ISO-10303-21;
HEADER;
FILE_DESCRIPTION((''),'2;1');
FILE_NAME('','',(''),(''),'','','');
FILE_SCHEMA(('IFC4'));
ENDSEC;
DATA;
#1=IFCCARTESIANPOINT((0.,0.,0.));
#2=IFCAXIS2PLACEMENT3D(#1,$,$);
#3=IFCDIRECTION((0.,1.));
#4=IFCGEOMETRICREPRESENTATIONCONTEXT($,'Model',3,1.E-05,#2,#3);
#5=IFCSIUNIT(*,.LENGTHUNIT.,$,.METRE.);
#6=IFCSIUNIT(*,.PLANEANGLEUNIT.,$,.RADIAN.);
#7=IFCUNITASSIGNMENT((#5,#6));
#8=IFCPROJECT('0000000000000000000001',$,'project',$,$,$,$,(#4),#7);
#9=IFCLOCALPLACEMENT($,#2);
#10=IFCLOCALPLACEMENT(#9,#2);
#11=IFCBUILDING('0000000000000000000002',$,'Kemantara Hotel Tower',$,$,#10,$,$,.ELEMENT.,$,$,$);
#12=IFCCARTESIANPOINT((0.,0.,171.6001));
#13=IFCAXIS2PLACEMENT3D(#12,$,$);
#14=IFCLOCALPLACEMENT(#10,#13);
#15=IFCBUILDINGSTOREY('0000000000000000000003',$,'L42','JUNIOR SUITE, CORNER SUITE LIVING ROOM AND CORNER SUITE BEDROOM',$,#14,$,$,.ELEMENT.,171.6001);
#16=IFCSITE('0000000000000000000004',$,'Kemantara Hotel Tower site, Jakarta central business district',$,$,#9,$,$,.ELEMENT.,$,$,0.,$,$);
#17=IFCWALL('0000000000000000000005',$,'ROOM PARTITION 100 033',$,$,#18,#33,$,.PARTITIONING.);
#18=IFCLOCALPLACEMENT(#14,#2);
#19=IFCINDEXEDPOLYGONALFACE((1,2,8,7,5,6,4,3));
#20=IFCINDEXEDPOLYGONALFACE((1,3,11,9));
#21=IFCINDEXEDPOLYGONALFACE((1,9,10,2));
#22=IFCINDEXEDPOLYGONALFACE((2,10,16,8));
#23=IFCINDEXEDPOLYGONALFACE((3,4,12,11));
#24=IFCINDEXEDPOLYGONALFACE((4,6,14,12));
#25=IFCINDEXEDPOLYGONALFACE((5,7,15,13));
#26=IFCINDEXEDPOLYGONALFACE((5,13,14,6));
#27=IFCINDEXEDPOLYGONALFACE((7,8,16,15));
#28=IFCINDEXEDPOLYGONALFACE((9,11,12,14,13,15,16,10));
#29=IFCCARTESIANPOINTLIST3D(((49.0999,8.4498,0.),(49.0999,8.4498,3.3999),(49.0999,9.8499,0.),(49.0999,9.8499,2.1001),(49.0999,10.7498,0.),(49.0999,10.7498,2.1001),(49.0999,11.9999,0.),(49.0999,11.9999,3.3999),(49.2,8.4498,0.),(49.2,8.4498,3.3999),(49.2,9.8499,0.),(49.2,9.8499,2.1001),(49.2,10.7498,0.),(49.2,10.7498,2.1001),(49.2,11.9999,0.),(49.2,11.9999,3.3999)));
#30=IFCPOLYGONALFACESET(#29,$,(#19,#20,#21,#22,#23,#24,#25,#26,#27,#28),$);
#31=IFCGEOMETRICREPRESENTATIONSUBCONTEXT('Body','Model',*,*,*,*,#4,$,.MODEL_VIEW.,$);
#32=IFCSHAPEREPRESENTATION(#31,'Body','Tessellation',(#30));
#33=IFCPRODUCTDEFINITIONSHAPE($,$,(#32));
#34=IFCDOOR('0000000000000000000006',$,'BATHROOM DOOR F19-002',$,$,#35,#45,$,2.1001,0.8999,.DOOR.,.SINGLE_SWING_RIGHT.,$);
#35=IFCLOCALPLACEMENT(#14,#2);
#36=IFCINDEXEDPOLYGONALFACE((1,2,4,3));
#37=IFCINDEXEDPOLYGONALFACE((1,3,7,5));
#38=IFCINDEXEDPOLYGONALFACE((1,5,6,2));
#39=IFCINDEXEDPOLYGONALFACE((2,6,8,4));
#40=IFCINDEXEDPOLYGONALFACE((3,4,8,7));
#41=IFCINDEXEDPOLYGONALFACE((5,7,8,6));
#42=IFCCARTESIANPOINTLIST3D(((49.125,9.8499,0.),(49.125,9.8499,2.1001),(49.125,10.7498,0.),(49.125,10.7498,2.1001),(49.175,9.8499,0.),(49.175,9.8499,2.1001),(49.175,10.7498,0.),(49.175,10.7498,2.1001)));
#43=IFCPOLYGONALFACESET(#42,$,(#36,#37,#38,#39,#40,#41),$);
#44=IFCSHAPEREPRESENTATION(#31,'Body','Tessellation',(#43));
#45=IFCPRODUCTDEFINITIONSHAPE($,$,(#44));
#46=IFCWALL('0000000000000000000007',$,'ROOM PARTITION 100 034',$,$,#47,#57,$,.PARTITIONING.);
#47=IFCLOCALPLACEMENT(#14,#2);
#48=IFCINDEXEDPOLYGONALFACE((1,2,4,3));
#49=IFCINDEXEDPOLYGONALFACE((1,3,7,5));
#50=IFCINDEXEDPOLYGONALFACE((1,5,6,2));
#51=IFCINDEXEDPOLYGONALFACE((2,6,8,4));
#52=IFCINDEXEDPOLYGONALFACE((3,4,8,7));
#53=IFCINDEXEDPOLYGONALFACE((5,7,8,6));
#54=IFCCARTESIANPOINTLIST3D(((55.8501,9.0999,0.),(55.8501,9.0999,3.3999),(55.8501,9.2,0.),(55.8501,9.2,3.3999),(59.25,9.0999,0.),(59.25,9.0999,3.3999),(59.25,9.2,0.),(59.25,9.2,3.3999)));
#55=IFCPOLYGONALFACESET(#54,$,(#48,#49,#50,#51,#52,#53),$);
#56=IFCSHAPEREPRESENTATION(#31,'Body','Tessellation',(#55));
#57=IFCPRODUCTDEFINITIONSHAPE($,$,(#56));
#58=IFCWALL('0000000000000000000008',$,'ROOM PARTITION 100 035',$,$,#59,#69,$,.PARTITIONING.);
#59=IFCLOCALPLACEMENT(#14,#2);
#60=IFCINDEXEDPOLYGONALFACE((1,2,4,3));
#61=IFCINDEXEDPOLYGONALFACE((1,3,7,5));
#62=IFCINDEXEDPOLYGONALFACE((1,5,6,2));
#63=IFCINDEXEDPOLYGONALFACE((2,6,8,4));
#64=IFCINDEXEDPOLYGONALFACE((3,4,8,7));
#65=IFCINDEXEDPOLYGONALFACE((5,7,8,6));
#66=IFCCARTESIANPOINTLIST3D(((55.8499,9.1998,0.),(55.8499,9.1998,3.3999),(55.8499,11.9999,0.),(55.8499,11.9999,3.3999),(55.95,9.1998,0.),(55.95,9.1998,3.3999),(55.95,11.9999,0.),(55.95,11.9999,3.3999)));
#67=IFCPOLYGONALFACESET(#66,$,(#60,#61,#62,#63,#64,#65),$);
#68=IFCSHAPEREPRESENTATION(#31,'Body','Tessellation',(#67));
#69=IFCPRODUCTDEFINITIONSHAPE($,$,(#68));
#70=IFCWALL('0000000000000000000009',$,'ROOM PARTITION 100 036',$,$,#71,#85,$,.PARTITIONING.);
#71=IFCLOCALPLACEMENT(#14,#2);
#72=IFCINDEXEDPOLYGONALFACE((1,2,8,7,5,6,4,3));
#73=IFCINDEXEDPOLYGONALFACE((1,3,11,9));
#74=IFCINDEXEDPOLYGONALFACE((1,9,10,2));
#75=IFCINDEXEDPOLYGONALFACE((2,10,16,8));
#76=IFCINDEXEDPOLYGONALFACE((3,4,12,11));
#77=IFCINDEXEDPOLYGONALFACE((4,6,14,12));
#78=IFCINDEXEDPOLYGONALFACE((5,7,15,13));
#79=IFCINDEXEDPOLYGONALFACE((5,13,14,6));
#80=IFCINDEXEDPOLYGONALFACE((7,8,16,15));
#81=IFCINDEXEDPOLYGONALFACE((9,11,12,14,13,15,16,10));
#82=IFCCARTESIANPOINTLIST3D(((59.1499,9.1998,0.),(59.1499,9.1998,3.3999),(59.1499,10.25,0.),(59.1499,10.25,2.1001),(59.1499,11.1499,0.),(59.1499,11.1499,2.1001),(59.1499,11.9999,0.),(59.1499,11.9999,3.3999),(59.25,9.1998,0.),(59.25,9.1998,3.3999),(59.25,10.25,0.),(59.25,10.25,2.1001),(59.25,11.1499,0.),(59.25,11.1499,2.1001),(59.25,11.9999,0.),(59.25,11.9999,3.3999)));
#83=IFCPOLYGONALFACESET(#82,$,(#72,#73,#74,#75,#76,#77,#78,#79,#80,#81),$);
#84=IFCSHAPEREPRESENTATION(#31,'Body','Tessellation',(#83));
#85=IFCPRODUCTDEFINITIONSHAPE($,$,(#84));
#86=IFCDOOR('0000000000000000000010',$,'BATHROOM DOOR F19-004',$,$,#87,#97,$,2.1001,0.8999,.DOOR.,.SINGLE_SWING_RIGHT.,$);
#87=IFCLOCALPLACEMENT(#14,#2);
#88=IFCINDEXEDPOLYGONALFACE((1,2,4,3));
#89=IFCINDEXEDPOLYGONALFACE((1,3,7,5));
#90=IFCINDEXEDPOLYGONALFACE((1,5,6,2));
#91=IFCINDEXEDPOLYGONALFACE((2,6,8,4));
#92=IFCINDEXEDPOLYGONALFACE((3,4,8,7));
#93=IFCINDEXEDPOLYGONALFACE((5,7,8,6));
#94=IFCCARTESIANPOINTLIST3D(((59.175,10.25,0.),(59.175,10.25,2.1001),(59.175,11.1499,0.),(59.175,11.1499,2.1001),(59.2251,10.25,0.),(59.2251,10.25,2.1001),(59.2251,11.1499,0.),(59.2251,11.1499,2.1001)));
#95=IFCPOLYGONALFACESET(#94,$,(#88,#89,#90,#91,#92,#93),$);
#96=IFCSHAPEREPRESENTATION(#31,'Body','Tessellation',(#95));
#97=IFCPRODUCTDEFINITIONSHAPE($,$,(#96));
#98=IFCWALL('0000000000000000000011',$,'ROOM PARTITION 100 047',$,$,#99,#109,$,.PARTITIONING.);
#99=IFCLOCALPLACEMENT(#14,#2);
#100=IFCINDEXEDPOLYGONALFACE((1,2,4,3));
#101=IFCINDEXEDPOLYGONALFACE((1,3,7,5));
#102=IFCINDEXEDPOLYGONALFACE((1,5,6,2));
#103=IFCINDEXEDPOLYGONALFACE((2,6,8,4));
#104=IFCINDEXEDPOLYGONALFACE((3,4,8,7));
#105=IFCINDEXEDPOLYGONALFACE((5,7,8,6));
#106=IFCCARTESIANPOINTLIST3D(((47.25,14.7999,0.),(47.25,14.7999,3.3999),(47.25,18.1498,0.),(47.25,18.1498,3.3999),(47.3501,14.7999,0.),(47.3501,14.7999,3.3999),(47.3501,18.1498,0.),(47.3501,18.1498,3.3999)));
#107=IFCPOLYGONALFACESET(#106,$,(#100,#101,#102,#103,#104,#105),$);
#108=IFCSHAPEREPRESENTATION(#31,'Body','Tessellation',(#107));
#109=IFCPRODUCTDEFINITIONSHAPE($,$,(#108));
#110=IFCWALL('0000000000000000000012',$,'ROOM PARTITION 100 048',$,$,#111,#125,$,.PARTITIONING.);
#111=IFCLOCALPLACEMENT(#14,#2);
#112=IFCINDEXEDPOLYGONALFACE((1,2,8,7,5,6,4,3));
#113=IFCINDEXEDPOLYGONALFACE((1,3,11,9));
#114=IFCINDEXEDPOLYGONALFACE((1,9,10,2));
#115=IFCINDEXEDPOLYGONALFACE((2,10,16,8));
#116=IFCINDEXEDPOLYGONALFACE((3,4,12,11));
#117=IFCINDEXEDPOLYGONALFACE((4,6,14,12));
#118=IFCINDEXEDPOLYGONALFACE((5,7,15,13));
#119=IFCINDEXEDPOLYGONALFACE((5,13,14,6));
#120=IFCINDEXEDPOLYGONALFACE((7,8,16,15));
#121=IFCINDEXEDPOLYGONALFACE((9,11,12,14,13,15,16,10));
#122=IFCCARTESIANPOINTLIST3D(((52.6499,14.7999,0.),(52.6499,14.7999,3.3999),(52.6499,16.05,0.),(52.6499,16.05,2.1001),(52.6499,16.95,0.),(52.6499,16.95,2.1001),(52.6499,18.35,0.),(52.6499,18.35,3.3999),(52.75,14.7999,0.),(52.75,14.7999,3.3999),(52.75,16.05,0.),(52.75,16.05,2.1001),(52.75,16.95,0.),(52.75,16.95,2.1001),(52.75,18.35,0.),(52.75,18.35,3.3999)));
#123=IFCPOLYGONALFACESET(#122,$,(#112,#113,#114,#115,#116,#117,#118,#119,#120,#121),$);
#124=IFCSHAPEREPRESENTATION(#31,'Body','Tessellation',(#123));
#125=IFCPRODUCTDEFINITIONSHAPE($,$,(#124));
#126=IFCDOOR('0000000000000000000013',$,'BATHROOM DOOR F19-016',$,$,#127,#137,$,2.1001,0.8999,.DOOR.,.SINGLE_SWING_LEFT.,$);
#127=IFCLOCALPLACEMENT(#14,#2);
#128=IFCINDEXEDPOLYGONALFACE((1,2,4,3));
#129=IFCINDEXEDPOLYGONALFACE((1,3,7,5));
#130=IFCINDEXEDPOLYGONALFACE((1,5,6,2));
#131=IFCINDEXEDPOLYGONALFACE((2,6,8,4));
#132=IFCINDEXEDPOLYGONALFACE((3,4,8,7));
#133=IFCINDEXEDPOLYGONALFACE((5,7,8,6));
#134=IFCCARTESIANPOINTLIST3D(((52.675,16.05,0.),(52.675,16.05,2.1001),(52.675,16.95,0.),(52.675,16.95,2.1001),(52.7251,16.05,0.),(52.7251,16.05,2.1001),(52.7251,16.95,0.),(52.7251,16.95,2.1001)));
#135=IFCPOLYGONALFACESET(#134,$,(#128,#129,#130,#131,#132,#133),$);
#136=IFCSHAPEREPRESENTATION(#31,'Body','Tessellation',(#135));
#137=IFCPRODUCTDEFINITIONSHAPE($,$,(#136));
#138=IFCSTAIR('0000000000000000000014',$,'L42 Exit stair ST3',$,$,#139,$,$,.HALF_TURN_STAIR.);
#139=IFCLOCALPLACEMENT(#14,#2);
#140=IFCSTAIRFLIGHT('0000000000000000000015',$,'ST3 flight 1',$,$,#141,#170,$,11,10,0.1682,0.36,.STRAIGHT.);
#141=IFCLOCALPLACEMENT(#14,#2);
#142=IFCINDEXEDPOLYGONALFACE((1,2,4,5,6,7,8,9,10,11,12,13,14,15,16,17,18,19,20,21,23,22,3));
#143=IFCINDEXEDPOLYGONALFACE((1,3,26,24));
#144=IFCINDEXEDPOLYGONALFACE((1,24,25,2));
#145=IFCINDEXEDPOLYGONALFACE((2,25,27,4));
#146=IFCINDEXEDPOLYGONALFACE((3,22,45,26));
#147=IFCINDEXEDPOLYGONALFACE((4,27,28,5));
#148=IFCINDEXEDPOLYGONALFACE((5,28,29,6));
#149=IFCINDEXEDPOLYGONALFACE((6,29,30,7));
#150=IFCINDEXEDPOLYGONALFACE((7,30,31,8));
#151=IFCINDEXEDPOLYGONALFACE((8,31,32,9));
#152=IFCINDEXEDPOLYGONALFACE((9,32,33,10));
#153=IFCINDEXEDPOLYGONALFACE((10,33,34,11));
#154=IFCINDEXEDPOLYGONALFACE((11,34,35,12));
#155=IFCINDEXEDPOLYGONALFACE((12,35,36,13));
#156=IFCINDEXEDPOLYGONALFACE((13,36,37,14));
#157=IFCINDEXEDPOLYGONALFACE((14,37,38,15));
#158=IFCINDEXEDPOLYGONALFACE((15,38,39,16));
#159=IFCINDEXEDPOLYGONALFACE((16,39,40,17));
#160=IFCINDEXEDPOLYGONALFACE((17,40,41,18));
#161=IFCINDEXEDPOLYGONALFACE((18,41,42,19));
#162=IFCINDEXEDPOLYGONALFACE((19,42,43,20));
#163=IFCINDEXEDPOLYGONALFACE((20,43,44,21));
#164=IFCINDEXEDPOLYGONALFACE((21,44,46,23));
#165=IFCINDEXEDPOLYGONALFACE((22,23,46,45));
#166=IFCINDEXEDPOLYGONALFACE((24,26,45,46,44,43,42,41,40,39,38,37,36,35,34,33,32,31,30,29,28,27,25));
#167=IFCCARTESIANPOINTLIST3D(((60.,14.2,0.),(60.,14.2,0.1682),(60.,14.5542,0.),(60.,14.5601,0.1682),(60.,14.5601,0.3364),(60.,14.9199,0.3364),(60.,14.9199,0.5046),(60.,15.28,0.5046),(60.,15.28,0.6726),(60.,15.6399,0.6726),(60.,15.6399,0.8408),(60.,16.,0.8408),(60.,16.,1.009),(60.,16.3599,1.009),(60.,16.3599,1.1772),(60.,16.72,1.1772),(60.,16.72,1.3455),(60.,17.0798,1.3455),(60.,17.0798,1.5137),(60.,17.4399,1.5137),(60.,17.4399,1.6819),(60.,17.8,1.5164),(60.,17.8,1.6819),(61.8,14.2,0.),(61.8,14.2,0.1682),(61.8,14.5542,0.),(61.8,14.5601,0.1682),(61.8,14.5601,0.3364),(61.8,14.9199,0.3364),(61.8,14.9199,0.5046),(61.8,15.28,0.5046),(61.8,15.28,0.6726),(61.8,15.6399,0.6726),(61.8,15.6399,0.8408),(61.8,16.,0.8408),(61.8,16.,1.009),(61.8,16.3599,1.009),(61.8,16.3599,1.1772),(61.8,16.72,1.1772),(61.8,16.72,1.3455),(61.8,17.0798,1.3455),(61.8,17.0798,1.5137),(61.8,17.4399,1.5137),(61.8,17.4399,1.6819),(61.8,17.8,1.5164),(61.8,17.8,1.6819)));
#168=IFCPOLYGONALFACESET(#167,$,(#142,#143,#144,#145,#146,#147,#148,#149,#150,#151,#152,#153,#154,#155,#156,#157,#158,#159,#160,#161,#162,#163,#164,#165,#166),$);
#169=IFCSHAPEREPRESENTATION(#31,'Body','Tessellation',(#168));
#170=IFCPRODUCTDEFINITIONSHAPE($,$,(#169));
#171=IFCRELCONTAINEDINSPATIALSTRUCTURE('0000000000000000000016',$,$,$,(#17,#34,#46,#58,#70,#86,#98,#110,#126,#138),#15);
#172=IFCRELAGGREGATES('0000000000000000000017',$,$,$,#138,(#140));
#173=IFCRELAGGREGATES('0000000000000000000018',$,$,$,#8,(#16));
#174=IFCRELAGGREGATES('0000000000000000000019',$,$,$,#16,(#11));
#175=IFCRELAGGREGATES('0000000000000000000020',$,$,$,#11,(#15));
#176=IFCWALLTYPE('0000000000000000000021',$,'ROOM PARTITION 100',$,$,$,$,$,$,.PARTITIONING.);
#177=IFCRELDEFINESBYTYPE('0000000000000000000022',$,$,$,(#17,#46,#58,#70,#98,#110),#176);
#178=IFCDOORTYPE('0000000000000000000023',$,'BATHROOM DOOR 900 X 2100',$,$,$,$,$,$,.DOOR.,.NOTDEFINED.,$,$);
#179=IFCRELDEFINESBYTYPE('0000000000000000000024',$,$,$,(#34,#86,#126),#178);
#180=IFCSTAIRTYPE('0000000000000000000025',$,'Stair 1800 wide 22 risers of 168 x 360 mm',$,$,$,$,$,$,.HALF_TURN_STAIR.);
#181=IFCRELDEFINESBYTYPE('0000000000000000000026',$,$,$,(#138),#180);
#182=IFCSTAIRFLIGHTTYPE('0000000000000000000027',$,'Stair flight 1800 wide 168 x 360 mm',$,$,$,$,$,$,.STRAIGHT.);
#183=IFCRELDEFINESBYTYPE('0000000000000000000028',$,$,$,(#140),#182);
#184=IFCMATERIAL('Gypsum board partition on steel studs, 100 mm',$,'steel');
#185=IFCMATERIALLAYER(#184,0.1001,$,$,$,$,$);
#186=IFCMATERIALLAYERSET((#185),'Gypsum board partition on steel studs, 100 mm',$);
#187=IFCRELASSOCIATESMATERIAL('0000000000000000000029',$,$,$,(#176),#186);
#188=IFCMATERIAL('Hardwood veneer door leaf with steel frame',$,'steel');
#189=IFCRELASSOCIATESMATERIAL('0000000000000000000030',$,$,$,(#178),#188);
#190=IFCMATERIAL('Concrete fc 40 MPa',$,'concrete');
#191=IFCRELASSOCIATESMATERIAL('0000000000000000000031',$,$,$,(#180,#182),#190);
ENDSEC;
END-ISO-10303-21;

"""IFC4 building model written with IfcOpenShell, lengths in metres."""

from ifc_helpers import new_model, si_unit, direction, frame, frame_2d, origin, place, context, subcontext, project, spatial, polyline, rectangle, outline, extrude, material, layer, layer_set, type_object, element, fill, aggregate, save


model = new_model("IFC4")

# Units and contexts
model_context = context("Model", 3, precision=1e-05, world=origin(), true_north=direction((0.0, 1.0)))
body_context = subcontext(model_context, "Body", "Model", "MODEL_VIEW")
ifc_project = project(units=[si_unit("LENGTHUNIT", "METRE"), si_unit("PLANEANGLEUNIT", "RADIAN")], contexts=[model_context])

# Site, building, storey
site_placement = place(None, origin())
site = spatial("IfcSite", under=ifc_project, at=site_placement, Name="Kemantara Hotel Tower site, Jakarta central business district", CompositionType="ELEMENT", RefElevation=0.0)
building_placement = place(site_placement, origin())
building = spatial("IfcBuilding", under=site, at=building_placement, Name="Kemantara Hotel Tower", CompositionType="ELEMENT")
storey_placement = place(building_placement, frame((0.0, 0.0, 171.6001)))
storey = spatial("IfcBuildingStorey", under=building, at=storey_placement, Name="L42", Description="JUNIOR SUITE, CORNER SUITE LIVING ROOM AND CORNER SUITE BEDROOM", CompositionType="ELEMENT", Elevation=171.6001)

# Shared definitions
ifc_material_1 = material(Name="Hardwood veneer door leaf with steel frame", Category="steel")
ifc_material_2 = material(Name="Concrete fc 40 MPa", Category="concrete")

# Shared definitions
ifc_material_3 = material(Name="Gypsum board partition on steel studs, 100 mm", Category="steel")
ifc_layer_1 = layer(ifc_material_3, 0.1001)
ifc_layer_set_1 = layer_set([ifc_layer_1], Name="Gypsum board partition on steel studs, 100 mm")
wall_type_1 = type_object("IfcWallType", Name="ROOM PARTITION 100", PredefinedType="PARTITIONING", material=ifc_layer_set_1)

# Wall, opening, door
wall_1_placement = place(storey_placement, frame((49.1499, 8.45, 0.0), z_axis=(0.0, 0.0, 1.0), x_axis=(0.0, 1.0, 0.0)))
wall_1 = element("IfcWall", 1, at=wall_1_placement, inside=storey, type_object=wall_type_1, Name="ROOM PARTITION 100 033", PredefinedType="PARTITIONING", context=body_context, shape_type="SweptSolid", body=[
    extrude(rectangle(XDim=3.55, YDim=0.1001, at=frame_2d((1.7749, 0.0))), origin(), (0.0, 0.0, 1.0), 3.3999),
])
opening_1_placement = place(wall_1_placement, frame((1.3999, 0.0, 0.0)))
opening_1 = element("IfcOpeningElement", 2, at=opening_1_placement, cuts=wall_1, PredefinedType="OPENING", context=body_context, shape_type="SweptSolid", body=[
    extrude(rectangle(XDim=0.8999, YDim=2.1001, at=frame_2d((0.45, 1.05))), frame((0.0, 0.0601, 0.0), z_axis=(0.0, -1.0, 0.0), x_axis=(1.0, 0.0, 0.0)), (0.0, 0.0, 1.0), 0.1201),
])
door_type_1 = type_object("IfcDoorType", Name="BATHROOM DOOR 900 X 2100", OperationType="NOTDEFINED", PredefinedType="DOOR", material=ifc_material_1)
door_1_placement = place(opening_1_placement, origin())
door_1 = element("IfcDoor", 3, at=door_1_placement, inside=storey, type_object=door_type_1, Name="BATHROOM DOOR F19-002", OperationType="SINGLE_SWING_RIGHT", OverallHeight=2.1001, OverallWidth=0.8999, PredefinedType="DOOR", context=body_context, shape_type="SweptSolid", body=[
    extrude(rectangle(XDim=0.8999, YDim=2.1001, at=frame_2d((0.45, 1.05))), frame((0.0, 0.0249, 0.0), z_axis=(0.0, -1.0, 0.0), x_axis=(1.0, 0.0, 0.0)), (0.0, 0.0, 1.0), 0.05),
])
fill(opening_1, door_1)

# Walls
wall_2_placement = place(storey_placement, frame((55.8501, 9.1499, 0.0), z_axis=(0.0, 0.0, 1.0), x_axis=(1.0, 0.0, 0.0)))
element("IfcWall", 4, at=wall_2_placement, inside=storey, type_object=wall_type_1, Name="ROOM PARTITION 100 034", PredefinedType="PARTITIONING", context=body_context, shape_type="SweptSolid", body=[
    extrude(rectangle(XDim=3.3999, YDim=0.1001, at=frame_2d((1.7, 0.0))), origin(), (0.0, 0.0, 1.0), 3.3999),
])
wall_3_placement = place(storey_placement, frame((55.8999, 9.2, 0.0), z_axis=(0.0, 0.0, 1.0), x_axis=(0.0, 1.0, 0.0)))
element("IfcWall", 5, at=wall_3_placement, inside=storey, type_object=wall_type_1, Name="ROOM PARTITION 100 035", PredefinedType="PARTITIONING", context=body_context, shape_type="SweptSolid", body=[
    extrude(rectangle(XDim=2.8, YDim=0.1001, at=frame_2d((1.3999, 0.0))), origin(), (0.0, 0.0, 1.0), 3.3999),
])

# Wall, opening, door
wall_4_placement = place(storey_placement, frame((59.2, 9.2, 0.0), z_axis=(0.0, 0.0, 1.0), x_axis=(0.0, 1.0, 0.0)))
wall_4 = element("IfcWall", 6, at=wall_4_placement, inside=storey, type_object=wall_type_1, Name="ROOM PARTITION 100 036", PredefinedType="PARTITIONING", context=body_context, shape_type="SweptSolid", body=[
    extrude(rectangle(XDim=2.8, YDim=0.1001, at=frame_2d((1.3999, 0.0))), origin(), (0.0, 0.0, 1.0), 3.3999),
])
opening_2_placement = place(wall_4_placement, frame((1.05, 0.0, 0.0)))
opening_2 = element("IfcOpeningElement", 7, at=opening_2_placement, cuts=wall_4, PredefinedType="OPENING", context=body_context, shape_type="SweptSolid", body=[
    extrude(rectangle(XDim=0.8999, YDim=2.1001, at=frame_2d((0.45, 1.05))), frame((0.0, 0.0601, 0.0), z_axis=(0.0, -1.0, 0.0), x_axis=(1.0, 0.0, 0.0)), (0.0, 0.0, 1.0), 0.1201),
])
door_2_placement = place(opening_2_placement, origin())
door_2 = element("IfcDoor", 8, at=door_2_placement, inside=storey, type_object=door_type_1, Name="BATHROOM DOOR F19-004", OperationType="SINGLE_SWING_RIGHT", OverallHeight=2.1001, OverallWidth=0.8999, PredefinedType="DOOR", context=body_context, shape_type="SweptSolid", body=[
    extrude(rectangle(XDim=0.8999, YDim=2.1001, at=frame_2d((0.45, 1.05))), frame((0.0, 0.0249, 0.0), z_axis=(0.0, -1.0, 0.0), x_axis=(1.0, 0.0, 0.0)), (0.0, 0.0, 1.0), 0.05),
])
fill(opening_2, door_2)

# Wall
wall_5_placement = place(storey_placement, frame((47.3, 14.8, 0.0), z_axis=(0.0, 0.0, 1.0), x_axis=(0.0, 1.0, 0.0)))
element("IfcWall", 9, at=wall_5_placement, inside=storey, type_object=wall_type_1, Name="ROOM PARTITION 100 047", PredefinedType="PARTITIONING", context=body_context, shape_type="SweptSolid", body=[
    extrude(rectangle(XDim=3.3499, YDim=0.1001, at=frame_2d((1.6748, 0.0))), origin(), (0.0, 0.0, 1.0), 3.3999),
])

# Wall, opening, door
wall_6_placement = place(storey_placement, frame((52.7, 14.8, 0.0), z_axis=(0.0, 0.0, 1.0), x_axis=(0.0, 1.0, 0.0)))
wall_6 = element("IfcWall", 10, at=wall_6_placement, inside=storey, type_object=wall_type_1, Name="ROOM PARTITION 100 048", PredefinedType="PARTITIONING", context=body_context, shape_type="SweptSolid", body=[
    extrude(rectangle(XDim=3.55, YDim=0.1001, at=frame_2d((1.7749, 0.0))), origin(), (0.0, 0.0, 1.0), 3.3999),
])
opening_3_placement = place(wall_6_placement, frame((1.25, 0.0, 0.0)))
opening_3 = element("IfcOpeningElement", 11, at=opening_3_placement, cuts=wall_6, PredefinedType="OPENING", context=body_context, shape_type="SweptSolid", body=[
    extrude(rectangle(XDim=0.8999, YDim=2.1001, at=frame_2d((0.45, 1.05))), frame((0.0, 0.0601, 0.0), z_axis=(0.0, -1.0, 0.0), x_axis=(1.0, 0.0, 0.0)), (0.0, 0.0, 1.0), 0.1201),
])
door_3_placement = place(opening_3_placement, origin())
door_3 = element("IfcDoor", 12, at=door_3_placement, inside=storey, type_object=door_type_1, Name="BATHROOM DOOR F19-016", OperationType="SINGLE_SWING_LEFT", OverallHeight=2.1001, OverallWidth=0.8999, PredefinedType="DOOR", context=body_context, shape_type="SweptSolid", body=[
    extrude(rectangle(XDim=0.8999, YDim=2.1001, at=frame_2d((0.45, 1.05))), frame((0.0, 0.0249, 0.0), z_axis=(0.0, -1.0, 0.0), x_axis=(1.0, 0.0, 0.0)), (0.0, 0.0, 1.0), 0.05),
])
fill(opening_3, door_3)

# Stair, stair flight
stair_type = type_object("IfcStairType", Name="Stair 1800 wide 22 risers of 168 x 360 mm", PredefinedType="HALF_TURN_STAIR", material=ifc_material_2)
stair_placement = place(storey_placement, origin())
stair = element("IfcStair", 13, at=stair_placement, inside=storey, type_object=stair_type, Name="L42 Exit stair ST3", PredefinedType="HALF_TURN_STAIR")
stair_flight_type = type_object("IfcStairFlightType", Name="Stair flight 1800 wide 168 x 360 mm", PredefinedType="STRAIGHT", material=ifc_material_2)
stair_flight_1_placement = place(storey_placement, frame((60.8999, 14.2, 0.0), z_axis=(0.0, 0.0, 1.0), x_axis=(0.0, 1.0, 0.0)))
stair_flight_1 = element("IfcStairFlight", 14, at=stair_flight_1_placement, type_object=stair_flight_type, Name="ST3 flight 1", NumberOfRisers=11, NumberOfTreads=10, PredefinedType="STRAIGHT", RiserHeight=0.1682, TreadLength=0.36, context=body_context, shape_type="SweptSolid", body=[
    extrude(outline(polyline([(0.0, 0.0), (0.0, 0.1682), (0.3601, 0.1682), (0.3601, 0.3364), (0.72, 0.3364), (0.72, 0.5046), (1.0801, 0.5046), (1.0801, 0.6726), (1.4399, 0.6726), (1.4399, 0.8408), (1.8, 0.8408), (1.8, 1.009), (2.1599, 1.009), (2.1599, 1.1772), (2.52, 1.1772), (2.52, 1.3455), (2.8799, 1.3455), (2.8799, 1.5137), (3.24, 1.5137), (3.24, 1.6819), (3.6001, 1.6819), (3.6001, 1.8501), (3.6001, 1.5164), (0.3542, 0.0), (0.0, 0.0)])), frame((0.0, 0.8999, 0.0), z_axis=(0.0, -1.0, 0.0), x_axis=(1.0, 0.0, 0.0)), (0.0, 0.0, 1.0), 1.8),
])
aggregate(stair, [stair_flight_1])

save(model, "model.ifc")
